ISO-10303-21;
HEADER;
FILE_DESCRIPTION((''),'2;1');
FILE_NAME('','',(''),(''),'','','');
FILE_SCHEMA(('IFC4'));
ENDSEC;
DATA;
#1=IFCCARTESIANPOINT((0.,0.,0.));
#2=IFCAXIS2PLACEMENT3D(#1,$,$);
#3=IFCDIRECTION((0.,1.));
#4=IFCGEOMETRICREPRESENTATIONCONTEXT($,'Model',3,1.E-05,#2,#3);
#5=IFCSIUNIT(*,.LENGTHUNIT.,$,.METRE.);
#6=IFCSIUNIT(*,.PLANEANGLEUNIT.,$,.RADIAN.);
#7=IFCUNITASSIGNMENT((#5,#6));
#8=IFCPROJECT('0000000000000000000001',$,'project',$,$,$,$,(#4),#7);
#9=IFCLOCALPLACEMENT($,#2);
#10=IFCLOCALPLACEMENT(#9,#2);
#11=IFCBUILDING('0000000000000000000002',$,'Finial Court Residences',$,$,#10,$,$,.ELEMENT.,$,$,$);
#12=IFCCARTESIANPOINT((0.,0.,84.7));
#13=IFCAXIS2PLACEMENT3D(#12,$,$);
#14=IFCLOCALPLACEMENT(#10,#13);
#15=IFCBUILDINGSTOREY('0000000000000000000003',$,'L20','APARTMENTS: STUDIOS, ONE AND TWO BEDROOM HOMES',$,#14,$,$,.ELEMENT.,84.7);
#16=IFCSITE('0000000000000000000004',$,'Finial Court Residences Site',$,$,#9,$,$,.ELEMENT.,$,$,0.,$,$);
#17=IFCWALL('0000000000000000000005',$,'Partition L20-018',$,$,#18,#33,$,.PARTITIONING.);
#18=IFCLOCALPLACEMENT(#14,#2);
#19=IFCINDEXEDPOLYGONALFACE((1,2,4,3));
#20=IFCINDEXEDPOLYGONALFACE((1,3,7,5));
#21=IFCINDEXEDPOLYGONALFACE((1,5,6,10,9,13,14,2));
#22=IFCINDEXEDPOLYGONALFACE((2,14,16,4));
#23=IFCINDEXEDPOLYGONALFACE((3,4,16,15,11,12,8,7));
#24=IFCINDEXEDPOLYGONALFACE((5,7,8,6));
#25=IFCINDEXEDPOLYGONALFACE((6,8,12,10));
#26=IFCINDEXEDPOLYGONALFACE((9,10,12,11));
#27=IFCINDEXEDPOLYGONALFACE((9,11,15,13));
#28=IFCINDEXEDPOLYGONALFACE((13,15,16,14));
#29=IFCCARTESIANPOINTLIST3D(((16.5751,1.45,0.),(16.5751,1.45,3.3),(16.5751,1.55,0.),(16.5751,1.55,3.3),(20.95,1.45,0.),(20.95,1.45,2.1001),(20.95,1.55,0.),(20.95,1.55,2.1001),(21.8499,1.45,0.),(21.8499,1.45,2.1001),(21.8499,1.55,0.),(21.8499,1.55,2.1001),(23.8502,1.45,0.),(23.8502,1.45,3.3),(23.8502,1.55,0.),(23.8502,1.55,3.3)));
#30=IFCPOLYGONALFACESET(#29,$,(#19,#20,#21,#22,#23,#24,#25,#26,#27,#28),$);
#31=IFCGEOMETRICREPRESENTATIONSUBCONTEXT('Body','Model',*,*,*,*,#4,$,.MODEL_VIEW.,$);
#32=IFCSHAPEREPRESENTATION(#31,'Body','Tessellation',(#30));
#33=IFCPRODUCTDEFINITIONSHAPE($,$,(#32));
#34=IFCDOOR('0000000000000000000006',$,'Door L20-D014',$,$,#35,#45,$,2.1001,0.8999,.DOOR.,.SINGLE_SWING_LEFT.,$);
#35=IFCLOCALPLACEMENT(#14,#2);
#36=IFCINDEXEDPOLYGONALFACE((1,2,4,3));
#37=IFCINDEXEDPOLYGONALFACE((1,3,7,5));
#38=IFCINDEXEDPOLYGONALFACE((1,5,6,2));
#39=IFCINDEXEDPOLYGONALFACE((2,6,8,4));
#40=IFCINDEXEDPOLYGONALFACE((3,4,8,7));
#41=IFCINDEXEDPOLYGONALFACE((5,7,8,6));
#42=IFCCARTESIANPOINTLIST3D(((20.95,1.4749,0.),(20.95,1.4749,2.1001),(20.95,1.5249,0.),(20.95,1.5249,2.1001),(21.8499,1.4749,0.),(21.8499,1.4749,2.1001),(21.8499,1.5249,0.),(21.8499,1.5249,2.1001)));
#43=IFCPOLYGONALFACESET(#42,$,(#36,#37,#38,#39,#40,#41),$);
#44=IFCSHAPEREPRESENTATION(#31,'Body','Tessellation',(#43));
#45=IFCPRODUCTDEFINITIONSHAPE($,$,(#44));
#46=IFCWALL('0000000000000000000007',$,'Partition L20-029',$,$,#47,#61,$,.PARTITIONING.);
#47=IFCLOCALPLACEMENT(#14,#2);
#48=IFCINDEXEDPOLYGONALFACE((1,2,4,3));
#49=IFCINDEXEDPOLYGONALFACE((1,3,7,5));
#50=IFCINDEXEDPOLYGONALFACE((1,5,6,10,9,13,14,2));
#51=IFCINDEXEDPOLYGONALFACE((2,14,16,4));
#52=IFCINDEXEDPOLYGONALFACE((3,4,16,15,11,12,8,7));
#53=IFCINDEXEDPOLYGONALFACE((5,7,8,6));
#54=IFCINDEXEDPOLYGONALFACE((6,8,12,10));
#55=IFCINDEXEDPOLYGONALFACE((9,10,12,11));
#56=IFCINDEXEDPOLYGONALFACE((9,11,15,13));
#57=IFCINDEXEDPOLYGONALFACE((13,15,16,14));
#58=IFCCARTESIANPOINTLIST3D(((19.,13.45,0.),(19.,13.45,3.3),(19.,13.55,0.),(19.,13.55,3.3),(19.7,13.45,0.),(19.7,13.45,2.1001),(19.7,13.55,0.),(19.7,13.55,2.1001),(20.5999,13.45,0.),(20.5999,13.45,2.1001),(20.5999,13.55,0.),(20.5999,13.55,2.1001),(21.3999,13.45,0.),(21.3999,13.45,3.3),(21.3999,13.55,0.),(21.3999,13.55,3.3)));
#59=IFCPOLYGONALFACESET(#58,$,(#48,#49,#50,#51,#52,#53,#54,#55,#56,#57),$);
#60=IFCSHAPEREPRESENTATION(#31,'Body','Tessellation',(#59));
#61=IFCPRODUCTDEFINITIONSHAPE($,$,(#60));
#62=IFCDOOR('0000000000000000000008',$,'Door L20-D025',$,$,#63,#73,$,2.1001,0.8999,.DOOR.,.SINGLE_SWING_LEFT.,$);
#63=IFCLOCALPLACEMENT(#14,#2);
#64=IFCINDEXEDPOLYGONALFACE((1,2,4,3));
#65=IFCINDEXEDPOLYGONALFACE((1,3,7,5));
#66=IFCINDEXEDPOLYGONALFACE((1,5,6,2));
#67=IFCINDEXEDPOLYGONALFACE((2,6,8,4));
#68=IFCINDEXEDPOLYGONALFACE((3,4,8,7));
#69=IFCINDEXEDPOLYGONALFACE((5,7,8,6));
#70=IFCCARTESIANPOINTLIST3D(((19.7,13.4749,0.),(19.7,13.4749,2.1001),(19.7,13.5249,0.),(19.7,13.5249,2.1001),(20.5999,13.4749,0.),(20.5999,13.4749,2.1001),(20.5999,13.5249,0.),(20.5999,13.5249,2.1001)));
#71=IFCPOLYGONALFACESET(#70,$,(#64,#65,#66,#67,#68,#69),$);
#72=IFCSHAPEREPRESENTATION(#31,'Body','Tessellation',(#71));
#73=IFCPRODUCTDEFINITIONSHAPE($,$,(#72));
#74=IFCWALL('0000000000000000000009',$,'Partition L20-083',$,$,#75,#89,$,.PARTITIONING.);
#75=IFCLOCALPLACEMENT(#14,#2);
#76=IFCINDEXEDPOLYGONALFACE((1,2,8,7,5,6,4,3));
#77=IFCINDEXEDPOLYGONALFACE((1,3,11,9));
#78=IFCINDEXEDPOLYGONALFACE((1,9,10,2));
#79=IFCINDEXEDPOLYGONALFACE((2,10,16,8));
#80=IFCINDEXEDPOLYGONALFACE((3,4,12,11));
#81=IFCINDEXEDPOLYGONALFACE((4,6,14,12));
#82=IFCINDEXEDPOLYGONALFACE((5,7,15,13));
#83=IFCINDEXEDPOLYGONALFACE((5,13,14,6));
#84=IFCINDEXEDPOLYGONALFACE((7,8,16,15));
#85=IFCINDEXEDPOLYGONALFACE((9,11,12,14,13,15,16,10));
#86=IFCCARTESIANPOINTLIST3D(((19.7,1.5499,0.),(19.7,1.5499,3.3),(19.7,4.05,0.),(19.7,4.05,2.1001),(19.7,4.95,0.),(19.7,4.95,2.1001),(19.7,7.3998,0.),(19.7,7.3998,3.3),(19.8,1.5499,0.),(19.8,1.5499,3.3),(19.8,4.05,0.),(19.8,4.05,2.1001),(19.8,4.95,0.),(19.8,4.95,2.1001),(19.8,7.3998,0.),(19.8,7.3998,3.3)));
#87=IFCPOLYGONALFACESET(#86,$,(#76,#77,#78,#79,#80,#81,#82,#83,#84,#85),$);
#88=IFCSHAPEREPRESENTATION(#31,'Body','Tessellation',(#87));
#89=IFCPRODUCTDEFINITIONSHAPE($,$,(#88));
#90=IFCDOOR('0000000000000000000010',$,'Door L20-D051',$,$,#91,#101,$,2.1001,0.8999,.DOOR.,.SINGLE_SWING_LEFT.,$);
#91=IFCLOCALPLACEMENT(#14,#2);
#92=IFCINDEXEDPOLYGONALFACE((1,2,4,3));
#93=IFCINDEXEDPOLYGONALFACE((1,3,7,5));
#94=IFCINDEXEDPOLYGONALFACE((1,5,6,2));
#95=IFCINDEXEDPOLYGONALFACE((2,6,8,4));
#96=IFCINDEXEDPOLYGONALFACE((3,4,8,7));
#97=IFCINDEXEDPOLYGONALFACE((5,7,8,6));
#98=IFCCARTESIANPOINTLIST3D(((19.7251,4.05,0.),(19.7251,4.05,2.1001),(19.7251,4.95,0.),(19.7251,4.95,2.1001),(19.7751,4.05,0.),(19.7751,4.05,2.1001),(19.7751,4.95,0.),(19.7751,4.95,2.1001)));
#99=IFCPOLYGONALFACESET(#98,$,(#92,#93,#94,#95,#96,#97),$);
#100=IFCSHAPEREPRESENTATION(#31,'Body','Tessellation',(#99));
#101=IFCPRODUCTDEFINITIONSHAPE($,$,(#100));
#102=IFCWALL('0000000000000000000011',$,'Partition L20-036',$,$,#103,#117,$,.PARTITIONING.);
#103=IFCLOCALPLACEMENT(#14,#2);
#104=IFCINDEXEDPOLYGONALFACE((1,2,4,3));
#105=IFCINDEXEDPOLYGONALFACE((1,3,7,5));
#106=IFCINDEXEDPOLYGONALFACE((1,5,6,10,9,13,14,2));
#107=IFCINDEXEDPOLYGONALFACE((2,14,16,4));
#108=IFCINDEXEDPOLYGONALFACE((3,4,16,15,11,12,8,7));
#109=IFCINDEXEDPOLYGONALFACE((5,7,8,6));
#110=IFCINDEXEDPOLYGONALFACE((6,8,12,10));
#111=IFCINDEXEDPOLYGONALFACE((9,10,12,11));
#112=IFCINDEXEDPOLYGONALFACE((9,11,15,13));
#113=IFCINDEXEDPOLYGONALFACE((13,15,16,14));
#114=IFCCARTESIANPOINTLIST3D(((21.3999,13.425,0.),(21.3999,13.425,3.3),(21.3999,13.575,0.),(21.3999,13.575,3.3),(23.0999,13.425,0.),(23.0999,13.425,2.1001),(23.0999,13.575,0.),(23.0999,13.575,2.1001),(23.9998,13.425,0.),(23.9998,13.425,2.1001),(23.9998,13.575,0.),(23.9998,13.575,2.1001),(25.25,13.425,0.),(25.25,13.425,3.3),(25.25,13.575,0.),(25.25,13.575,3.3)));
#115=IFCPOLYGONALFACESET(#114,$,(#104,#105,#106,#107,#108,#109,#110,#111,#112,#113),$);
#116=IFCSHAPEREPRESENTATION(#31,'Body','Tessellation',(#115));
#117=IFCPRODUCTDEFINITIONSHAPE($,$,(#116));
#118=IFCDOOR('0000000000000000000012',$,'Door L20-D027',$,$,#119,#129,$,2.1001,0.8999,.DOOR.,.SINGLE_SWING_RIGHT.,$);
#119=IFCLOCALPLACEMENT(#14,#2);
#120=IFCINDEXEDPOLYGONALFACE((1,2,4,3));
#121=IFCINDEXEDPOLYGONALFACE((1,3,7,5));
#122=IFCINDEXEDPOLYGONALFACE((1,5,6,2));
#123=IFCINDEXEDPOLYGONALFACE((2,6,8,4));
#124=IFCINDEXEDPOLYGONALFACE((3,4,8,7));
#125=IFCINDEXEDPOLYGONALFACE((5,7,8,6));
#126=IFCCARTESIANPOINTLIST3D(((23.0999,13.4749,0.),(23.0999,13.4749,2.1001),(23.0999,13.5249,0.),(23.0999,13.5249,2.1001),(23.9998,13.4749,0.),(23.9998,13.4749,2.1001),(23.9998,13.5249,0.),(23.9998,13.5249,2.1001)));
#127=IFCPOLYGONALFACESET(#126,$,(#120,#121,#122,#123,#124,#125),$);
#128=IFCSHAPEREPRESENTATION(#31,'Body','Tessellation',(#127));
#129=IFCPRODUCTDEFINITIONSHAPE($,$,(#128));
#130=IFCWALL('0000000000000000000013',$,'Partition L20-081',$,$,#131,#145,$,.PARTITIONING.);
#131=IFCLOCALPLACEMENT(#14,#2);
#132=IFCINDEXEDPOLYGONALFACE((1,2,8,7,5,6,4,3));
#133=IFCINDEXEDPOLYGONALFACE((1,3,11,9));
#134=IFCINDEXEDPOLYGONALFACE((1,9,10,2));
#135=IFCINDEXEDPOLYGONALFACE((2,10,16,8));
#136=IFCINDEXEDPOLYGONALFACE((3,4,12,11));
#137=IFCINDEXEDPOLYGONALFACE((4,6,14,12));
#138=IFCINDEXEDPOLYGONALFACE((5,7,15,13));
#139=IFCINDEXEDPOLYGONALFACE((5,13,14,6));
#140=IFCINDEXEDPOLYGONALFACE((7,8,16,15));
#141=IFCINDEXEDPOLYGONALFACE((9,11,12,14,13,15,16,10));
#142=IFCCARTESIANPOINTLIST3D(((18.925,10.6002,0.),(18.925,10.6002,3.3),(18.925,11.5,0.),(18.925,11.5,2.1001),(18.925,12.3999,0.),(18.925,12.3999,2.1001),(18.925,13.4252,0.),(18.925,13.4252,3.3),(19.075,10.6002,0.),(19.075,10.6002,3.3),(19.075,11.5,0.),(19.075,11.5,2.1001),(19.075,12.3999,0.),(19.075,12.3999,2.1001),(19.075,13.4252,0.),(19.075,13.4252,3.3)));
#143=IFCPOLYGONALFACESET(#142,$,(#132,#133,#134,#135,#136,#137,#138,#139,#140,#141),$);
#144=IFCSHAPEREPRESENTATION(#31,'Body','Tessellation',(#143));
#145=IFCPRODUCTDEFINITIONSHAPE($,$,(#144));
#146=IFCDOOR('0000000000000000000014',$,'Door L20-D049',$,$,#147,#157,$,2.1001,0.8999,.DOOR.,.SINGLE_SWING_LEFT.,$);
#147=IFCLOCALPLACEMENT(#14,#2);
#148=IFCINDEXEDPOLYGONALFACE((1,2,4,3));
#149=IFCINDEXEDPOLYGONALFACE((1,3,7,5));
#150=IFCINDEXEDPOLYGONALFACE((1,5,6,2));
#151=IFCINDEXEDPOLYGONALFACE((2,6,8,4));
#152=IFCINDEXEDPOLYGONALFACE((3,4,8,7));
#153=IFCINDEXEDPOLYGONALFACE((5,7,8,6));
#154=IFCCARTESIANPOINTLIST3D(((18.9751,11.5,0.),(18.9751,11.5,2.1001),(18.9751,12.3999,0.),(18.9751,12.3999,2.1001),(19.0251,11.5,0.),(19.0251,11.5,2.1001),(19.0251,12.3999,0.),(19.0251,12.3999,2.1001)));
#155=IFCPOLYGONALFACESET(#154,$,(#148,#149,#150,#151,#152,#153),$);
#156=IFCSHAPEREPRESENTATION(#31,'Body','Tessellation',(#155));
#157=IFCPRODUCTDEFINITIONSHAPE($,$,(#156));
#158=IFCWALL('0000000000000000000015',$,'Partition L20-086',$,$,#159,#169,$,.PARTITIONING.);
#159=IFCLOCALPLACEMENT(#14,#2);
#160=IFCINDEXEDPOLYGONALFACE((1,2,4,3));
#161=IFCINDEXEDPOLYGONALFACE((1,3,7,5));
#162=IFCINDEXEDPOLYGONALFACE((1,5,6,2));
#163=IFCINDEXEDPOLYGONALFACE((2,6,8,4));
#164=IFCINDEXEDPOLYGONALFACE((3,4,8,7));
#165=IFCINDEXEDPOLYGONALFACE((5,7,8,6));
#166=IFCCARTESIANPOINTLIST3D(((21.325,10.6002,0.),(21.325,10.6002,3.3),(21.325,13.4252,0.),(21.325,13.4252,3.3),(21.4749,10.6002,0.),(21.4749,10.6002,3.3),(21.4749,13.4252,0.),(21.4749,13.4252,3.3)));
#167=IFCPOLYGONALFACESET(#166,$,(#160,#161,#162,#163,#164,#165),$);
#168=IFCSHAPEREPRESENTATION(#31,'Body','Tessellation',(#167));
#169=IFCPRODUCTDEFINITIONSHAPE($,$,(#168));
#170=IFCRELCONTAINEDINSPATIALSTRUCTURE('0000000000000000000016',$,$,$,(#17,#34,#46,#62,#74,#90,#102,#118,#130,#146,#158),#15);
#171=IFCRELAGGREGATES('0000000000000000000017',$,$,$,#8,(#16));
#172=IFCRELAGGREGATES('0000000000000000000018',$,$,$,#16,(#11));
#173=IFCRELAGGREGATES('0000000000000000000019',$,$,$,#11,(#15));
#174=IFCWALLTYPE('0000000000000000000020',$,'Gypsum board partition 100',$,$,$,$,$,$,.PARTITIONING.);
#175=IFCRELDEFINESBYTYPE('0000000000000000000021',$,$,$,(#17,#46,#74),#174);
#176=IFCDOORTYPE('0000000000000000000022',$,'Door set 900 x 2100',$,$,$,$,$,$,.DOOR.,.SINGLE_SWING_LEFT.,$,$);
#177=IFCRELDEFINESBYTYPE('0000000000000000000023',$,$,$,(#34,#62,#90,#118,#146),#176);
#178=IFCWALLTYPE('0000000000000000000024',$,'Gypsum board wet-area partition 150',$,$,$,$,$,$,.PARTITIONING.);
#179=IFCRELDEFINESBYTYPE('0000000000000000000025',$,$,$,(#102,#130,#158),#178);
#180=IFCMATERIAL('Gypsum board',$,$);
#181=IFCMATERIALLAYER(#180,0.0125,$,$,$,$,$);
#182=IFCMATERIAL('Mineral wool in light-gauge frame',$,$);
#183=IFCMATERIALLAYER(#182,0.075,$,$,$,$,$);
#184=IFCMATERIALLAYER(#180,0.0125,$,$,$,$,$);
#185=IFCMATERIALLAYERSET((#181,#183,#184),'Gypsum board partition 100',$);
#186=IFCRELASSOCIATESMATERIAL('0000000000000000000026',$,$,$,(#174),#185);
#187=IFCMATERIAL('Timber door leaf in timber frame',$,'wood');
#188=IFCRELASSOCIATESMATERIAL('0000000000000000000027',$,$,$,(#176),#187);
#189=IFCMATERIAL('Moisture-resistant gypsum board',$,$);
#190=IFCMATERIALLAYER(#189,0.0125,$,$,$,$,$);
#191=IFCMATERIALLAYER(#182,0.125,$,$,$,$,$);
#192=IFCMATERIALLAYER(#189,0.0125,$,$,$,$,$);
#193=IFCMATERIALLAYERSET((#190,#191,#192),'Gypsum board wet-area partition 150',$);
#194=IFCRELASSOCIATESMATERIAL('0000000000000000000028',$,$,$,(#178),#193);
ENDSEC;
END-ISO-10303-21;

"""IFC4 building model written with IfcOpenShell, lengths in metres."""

from ifc_helpers import new_model, si_unit, direction, frame, frame_2d, origin, place, context, subcontext, project, spatial, rectangle, extrude, material, layer, layer_set, type_object, element, fill, save


model = new_model("IFC4")

# Units and contexts
model_context = context("Model", 3, precision=1e-05, world=origin(), true_north=direction((0.0, 1.0)))
body_context = subcontext(model_context, "Body", "Model", "MODEL_VIEW")
ifc_project = project(units=[si_unit("LENGTHUNIT", "METRE"), si_unit("PLANEANGLEUNIT", "RADIAN")], contexts=[model_context])

# Site, building, storey
site_placement = place(None, origin())
site = spatial("IfcSite", under=ifc_project, at=site_placement, Name="Finial Court Residences Site", CompositionType="ELEMENT", RefElevation=0.0)
building_placement = place(site_placement, origin())
building = spatial("IfcBuilding", under=site, at=building_placement, Name="Finial Court Residences", CompositionType="ELEMENT")
storey_placement = place(building_placement, frame((0.0, 0.0, 84.7)))
storey = spatial("IfcBuildingStorey", under=building, at=storey_placement, Name="L20", Description="APARTMENTS: STUDIOS, ONE AND TWO BEDROOM HOMES", CompositionType="ELEMENT", Elevation=84.7)

# Shared definitions
ifc_material_1 = material(Name="Gypsum board")

# Walls, openings, doors
ifc_layer_1 = layer(ifc_material_1, 0.0125)
ifc_material_2 = material(Name="Mineral wool in light-gauge frame")
ifc_layer_2 = layer(ifc_material_2, 0.075)
ifc_layer_3 = layer(ifc_material_1, 0.0125)
ifc_layer_set_1 = layer_set([ifc_layer_1, ifc_layer_2, ifc_layer_3], Name="Gypsum board partition 100")
wall_type_1 = type_object("IfcWallType", Name="Gypsum board partition 100", PredefinedType="PARTITIONING", material=ifc_layer_set_1)
wall_1_placement = place(storey_placement, frame((16.575, 1.5, 0.0), z_axis=(0.0, 0.0, 1.0), x_axis=(1.0, 0.0, 0.0)))
wall_1 = element("IfcWall", 1, at=wall_1_placement, inside=storey, type_object=wall_type_1, Name="Partition L20-018", PredefinedType="PARTITIONING", context=body_context, shape_type="SweptSolid", body=[
    extrude(rectangle(XDim=7.2751, YDim=0.1001, at=frame_2d((3.6377, 0.0))), origin(), (0.0, 0.0, 1.0), 3.3),
])
opening_1_placement = place(wall_1_placement, frame((4.375, 0.0, 0.0)))
opening_1 = element("IfcOpeningElement", 2, at=opening_1_placement, cuts=wall_1, PredefinedType="OPENING", context=body_context, shape_type="SweptSolid", body=[
    extrude(rectangle(XDim=0.8999, YDim=2.1001, at=frame_2d((0.45, 1.05))), frame((0.0, 0.0601, 0.0), z_axis=(0.0, -1.0, 0.0), x_axis=(1.0, 0.0, 0.0)), (0.0, 0.0, 1.0), 0.1201),
])
ifc_material_3 = material(Name="Timber door leaf in timber frame", Category="wood")
door_type_1 = type_object("IfcDoorType", Name="Door set 900 x 2100", OperationType="SINGLE_SWING_LEFT", PredefinedType="DOOR", material=ifc_material_3)
door_1_placement = place(opening_1_placement, origin())
door_1 = element("IfcDoor", 3, at=door_1_placement, inside=storey, type_object=door_type_1, Name="Door L20-D014", OperationType="SINGLE_SWING_LEFT", OverallHeight=2.1001, OverallWidth=0.8999, PredefinedType="DOOR", context=body_context, shape_type="SweptSolid", body=[
    extrude(rectangle(XDim=0.8999, YDim=2.1001, at=frame_2d((0.45, 1.05))), frame((0.0, 0.0249, 0.0), z_axis=(0.0, -1.0, 0.0), x_axis=(1.0, 0.0, 0.0)), (0.0, 0.0, 1.0), 0.05),
])
fill(opening_1, door_1)
wall_2_placement = place(storey_placement, frame((19.0, 13.5, 0.0), z_axis=(0.0, 0.0, 1.0), x_axis=(1.0, 0.0, 0.0)))
wall_2 = element("IfcWall", 4, at=wall_2_placement, inside=storey, type_object=wall_type_1, Name="Partition L20-029", PredefinedType="PARTITIONING", context=body_context, shape_type="SweptSolid", body=[
    extrude(rectangle(XDim=2.3999, YDim=0.1001, at=frame_2d((1.2, 0.0))), origin(), (0.0, 0.0, 1.0), 3.3),
])
opening_2_placement = place(wall_2_placement, frame((0.7, 0.0, 0.0)))
opening_2 = element("IfcOpeningElement", 5, at=opening_2_placement, cuts=wall_2, PredefinedType="OPENING", context=body_context, shape_type="SweptSolid", body=[
    extrude(rectangle(XDim=0.8999, YDim=2.1001, at=frame_2d((0.45, 1.05))), frame((0.0, 0.0601, 0.0), z_axis=(0.0, -1.0, 0.0), x_axis=(1.0, 0.0, 0.0)), (0.0, 0.0, 1.0), 0.1201),
])
door_2_placement = place(opening_2_placement, origin())
door_2 = element("IfcDoor", 6, at=door_2_placement, inside=storey, type_object=door_type_1, Name="Door L20-D025", OperationType="SINGLE_SWING_LEFT", OverallHeight=2.1001, OverallWidth=0.8999, PredefinedType="DOOR", context=body_context, shape_type="SweptSolid", body=[
    extrude(rectangle(XDim=0.8999, YDim=2.1001, at=frame_2d((0.45, 1.05))), frame((0.0, 0.0249, 0.0), z_axis=(0.0, -1.0, 0.0), x_axis=(1.0, 0.0, 0.0)), (0.0, 0.0, 1.0), 0.05),
])
fill(opening_2, door_2)
wall_3_placement = place(storey_placement, frame((19.75, 1.55, 0.0), z_axis=(0.0, 0.0, 1.0), x_axis=(0.0, 1.0, 0.0)))
wall_3 = element("IfcWall", 7, at=wall_3_placement, inside=storey, type_object=wall_type_1, Name="Partition L20-083", PredefinedType="PARTITIONING", context=body_context, shape_type="SweptSolid", body=[
    extrude(rectangle(XDim=5.8499, YDim=0.1001, at=frame_2d((2.9248, 0.0))), origin(), (0.0, 0.0, 1.0), 3.3),
])
opening_3_placement = place(wall_3_placement, frame((2.5, 0.0, 0.0)))
opening_3 = element("IfcOpeningElement", 8, at=opening_3_placement, cuts=wall_3, PredefinedType="OPENING", context=body_context, shape_type="SweptSolid", body=[
    extrude(rectangle(XDim=0.8999, YDim=2.1001, at=frame_2d((0.45, 1.05))), frame((0.0, 0.0601, 0.0), z_axis=(0.0, -1.0, 0.0), x_axis=(1.0, 0.0, 0.0)), (0.0, 0.0, 1.0), 0.1201),
])
door_3_placement = place(opening_3_placement, origin())
door_3 = element("IfcDoor", 9, at=door_3_placement, inside=storey, type_object=door_type_1, Name="Door L20-D051", OperationType="SINGLE_SWING_LEFT", OverallHeight=2.1001, OverallWidth=0.8999, PredefinedType="DOOR", context=body_context, shape_type="SweptSolid", body=[
    extrude(rectangle(XDim=0.8999, YDim=2.1001, at=frame_2d((0.45, 1.05))), frame((0.0, 0.0249, 0.0), z_axis=(0.0, -1.0, 0.0), x_axis=(1.0, 0.0, 0.0)), (0.0, 0.0, 1.0), 0.05),
])
fill(opening_3, door_3)
ifc_material_4 = material(Name="Moisture-resistant gypsum board")
ifc_layer_4 = layer(ifc_material_4, 0.0125)
ifc_layer_5 = layer(ifc_material_2, 0.125)
ifc_layer_6 = layer(ifc_material_4, 0.0125)
ifc_layer_set_2 = layer_set([ifc_layer_4, ifc_layer_5, ifc_layer_6], Name="Gypsum board wet-area partition 150")
wall_type_2 = type_object("IfcWallType", Name="Gypsum board wet-area partition 150", PredefinedType="PARTITIONING", material=ifc_layer_set_2)
wall_4_placement = place(storey_placement, frame((21.3999, 13.5, 0.0), z_axis=(0.0, 0.0, 1.0), x_axis=(1.0, 0.0, 0.0)))
wall_4 = element("IfcWall", 10, at=wall_4_placement, inside=storey, type_object=wall_type_2, Name="Partition L20-036", PredefinedType="PARTITIONING", context=body_context, shape_type="SweptSolid", body=[
    extrude(rectangle(XDim=3.8501, YDim=0.1499, at=frame_2d((1.925, 0.0))), origin(), (0.0, 0.0, 1.0), 3.3),
])
opening_4_placement = place(wall_4_placement, frame((1.7, 0.0, 0.0)))
opening_4 = element("IfcOpeningElement", 11, at=opening_4_placement, cuts=wall_4, PredefinedType="OPENING", context=body_context, shape_type="SweptSolid", body=[
    extrude(rectangle(XDim=0.8999, YDim=2.1001, at=frame_2d((0.45, 1.05))), frame((0.0, 0.085, 0.0), z_axis=(0.0, -1.0, 0.0), x_axis=(1.0, 0.0, 0.0)), (0.0, 0.0, 1.0), 0.1699),
])
door_4_placement = place(opening_4_placement, origin())
door_4 = element("IfcDoor", 12, at=door_4_placement, inside=storey, type_object=door_type_1, Name="Door L20-D027", OperationType="SINGLE_SWING_RIGHT", OverallHeight=2.1001, OverallWidth=0.8999, PredefinedType="DOOR", context=body_context, shape_type="SweptSolid", body=[
    extrude(rectangle(XDim=0.8999, YDim=2.1001, at=frame_2d((0.45, 1.05))), frame((0.0, 0.0249, 0.0), z_axis=(0.0, -1.0, 0.0), x_axis=(1.0, 0.0, 0.0)), (0.0, 0.0, 1.0), 0.05),
])
fill(opening_4, door_4)
wall_5_placement = place(storey_placement, frame((19.0, 10.6001, 0.0), z_axis=(0.0, 0.0, 1.0), x_axis=(0.0, 1.0, 0.0)))
wall_5 = element("IfcWall", 13, at=wall_5_placement, inside=storey, type_object=wall_type_2, Name="Partition L20-081", PredefinedType="PARTITIONING", context=body_context, shape_type="SweptSolid", body=[
    extrude(rectangle(XDim=2.825, YDim=0.1499, at=frame_2d((1.4126, 0.0))), origin(), (0.0, 0.0, 1.0), 3.3),
])
opening_5_placement = place(wall_5_placement, frame((0.8999, 0.0, 0.0)))
opening_5 = element("IfcOpeningElement", 14, at=opening_5_placement, cuts=wall_5, PredefinedType="OPENING", context=body_context, shape_type="SweptSolid", body=[
    extrude(rectangle(XDim=0.8999, YDim=2.1001, at=frame_2d((0.45, 1.05))), frame((0.0, 0.085, 0.0), z_axis=(0.0, -1.0, 0.0), x_axis=(1.0, 0.0, 0.0)), (0.0, 0.0, 1.0), 0.1699),
])
door_5_placement = place(opening_5_placement, origin())
door_5 = element("IfcDoor", 15, at=door_5_placement, inside=storey, type_object=door_type_1, Name="Door L20-D049", OperationType="SINGLE_SWING_LEFT", OverallHeight=2.1001, OverallWidth=0.8999, PredefinedType="DOOR", context=body_context, shape_type="SweptSolid", body=[
    extrude(rectangle(XDim=0.8999, YDim=2.1001, at=frame_2d((0.45, 1.05))), frame((0.0, 0.0249, 0.0), z_axis=(0.0, -1.0, 0.0), x_axis=(1.0, 0.0, 0.0)), (0.0, 0.0, 1.0), 0.05),
])
fill(opening_5, door_5)

# Wall
wall_6_placement = place(storey_placement, frame((21.3999, 10.6001, 0.0), z_axis=(0.0, 0.0, 1.0), x_axis=(0.0, 1.0, 0.0)))
element("IfcWall", 16, at=wall_6_placement, inside=storey, type_object=wall_type_2, Name="Partition L20-086", PredefinedType="PARTITIONING", context=body_context, shape_type="SweptSolid", body=[
    extrude(rectangle(XDim=2.825, YDim=0.1499, at=frame_2d((1.4126, 0.0))), origin(), (0.0, 0.0, 1.0), 3.3),
])

save(model, "model.ifc")
